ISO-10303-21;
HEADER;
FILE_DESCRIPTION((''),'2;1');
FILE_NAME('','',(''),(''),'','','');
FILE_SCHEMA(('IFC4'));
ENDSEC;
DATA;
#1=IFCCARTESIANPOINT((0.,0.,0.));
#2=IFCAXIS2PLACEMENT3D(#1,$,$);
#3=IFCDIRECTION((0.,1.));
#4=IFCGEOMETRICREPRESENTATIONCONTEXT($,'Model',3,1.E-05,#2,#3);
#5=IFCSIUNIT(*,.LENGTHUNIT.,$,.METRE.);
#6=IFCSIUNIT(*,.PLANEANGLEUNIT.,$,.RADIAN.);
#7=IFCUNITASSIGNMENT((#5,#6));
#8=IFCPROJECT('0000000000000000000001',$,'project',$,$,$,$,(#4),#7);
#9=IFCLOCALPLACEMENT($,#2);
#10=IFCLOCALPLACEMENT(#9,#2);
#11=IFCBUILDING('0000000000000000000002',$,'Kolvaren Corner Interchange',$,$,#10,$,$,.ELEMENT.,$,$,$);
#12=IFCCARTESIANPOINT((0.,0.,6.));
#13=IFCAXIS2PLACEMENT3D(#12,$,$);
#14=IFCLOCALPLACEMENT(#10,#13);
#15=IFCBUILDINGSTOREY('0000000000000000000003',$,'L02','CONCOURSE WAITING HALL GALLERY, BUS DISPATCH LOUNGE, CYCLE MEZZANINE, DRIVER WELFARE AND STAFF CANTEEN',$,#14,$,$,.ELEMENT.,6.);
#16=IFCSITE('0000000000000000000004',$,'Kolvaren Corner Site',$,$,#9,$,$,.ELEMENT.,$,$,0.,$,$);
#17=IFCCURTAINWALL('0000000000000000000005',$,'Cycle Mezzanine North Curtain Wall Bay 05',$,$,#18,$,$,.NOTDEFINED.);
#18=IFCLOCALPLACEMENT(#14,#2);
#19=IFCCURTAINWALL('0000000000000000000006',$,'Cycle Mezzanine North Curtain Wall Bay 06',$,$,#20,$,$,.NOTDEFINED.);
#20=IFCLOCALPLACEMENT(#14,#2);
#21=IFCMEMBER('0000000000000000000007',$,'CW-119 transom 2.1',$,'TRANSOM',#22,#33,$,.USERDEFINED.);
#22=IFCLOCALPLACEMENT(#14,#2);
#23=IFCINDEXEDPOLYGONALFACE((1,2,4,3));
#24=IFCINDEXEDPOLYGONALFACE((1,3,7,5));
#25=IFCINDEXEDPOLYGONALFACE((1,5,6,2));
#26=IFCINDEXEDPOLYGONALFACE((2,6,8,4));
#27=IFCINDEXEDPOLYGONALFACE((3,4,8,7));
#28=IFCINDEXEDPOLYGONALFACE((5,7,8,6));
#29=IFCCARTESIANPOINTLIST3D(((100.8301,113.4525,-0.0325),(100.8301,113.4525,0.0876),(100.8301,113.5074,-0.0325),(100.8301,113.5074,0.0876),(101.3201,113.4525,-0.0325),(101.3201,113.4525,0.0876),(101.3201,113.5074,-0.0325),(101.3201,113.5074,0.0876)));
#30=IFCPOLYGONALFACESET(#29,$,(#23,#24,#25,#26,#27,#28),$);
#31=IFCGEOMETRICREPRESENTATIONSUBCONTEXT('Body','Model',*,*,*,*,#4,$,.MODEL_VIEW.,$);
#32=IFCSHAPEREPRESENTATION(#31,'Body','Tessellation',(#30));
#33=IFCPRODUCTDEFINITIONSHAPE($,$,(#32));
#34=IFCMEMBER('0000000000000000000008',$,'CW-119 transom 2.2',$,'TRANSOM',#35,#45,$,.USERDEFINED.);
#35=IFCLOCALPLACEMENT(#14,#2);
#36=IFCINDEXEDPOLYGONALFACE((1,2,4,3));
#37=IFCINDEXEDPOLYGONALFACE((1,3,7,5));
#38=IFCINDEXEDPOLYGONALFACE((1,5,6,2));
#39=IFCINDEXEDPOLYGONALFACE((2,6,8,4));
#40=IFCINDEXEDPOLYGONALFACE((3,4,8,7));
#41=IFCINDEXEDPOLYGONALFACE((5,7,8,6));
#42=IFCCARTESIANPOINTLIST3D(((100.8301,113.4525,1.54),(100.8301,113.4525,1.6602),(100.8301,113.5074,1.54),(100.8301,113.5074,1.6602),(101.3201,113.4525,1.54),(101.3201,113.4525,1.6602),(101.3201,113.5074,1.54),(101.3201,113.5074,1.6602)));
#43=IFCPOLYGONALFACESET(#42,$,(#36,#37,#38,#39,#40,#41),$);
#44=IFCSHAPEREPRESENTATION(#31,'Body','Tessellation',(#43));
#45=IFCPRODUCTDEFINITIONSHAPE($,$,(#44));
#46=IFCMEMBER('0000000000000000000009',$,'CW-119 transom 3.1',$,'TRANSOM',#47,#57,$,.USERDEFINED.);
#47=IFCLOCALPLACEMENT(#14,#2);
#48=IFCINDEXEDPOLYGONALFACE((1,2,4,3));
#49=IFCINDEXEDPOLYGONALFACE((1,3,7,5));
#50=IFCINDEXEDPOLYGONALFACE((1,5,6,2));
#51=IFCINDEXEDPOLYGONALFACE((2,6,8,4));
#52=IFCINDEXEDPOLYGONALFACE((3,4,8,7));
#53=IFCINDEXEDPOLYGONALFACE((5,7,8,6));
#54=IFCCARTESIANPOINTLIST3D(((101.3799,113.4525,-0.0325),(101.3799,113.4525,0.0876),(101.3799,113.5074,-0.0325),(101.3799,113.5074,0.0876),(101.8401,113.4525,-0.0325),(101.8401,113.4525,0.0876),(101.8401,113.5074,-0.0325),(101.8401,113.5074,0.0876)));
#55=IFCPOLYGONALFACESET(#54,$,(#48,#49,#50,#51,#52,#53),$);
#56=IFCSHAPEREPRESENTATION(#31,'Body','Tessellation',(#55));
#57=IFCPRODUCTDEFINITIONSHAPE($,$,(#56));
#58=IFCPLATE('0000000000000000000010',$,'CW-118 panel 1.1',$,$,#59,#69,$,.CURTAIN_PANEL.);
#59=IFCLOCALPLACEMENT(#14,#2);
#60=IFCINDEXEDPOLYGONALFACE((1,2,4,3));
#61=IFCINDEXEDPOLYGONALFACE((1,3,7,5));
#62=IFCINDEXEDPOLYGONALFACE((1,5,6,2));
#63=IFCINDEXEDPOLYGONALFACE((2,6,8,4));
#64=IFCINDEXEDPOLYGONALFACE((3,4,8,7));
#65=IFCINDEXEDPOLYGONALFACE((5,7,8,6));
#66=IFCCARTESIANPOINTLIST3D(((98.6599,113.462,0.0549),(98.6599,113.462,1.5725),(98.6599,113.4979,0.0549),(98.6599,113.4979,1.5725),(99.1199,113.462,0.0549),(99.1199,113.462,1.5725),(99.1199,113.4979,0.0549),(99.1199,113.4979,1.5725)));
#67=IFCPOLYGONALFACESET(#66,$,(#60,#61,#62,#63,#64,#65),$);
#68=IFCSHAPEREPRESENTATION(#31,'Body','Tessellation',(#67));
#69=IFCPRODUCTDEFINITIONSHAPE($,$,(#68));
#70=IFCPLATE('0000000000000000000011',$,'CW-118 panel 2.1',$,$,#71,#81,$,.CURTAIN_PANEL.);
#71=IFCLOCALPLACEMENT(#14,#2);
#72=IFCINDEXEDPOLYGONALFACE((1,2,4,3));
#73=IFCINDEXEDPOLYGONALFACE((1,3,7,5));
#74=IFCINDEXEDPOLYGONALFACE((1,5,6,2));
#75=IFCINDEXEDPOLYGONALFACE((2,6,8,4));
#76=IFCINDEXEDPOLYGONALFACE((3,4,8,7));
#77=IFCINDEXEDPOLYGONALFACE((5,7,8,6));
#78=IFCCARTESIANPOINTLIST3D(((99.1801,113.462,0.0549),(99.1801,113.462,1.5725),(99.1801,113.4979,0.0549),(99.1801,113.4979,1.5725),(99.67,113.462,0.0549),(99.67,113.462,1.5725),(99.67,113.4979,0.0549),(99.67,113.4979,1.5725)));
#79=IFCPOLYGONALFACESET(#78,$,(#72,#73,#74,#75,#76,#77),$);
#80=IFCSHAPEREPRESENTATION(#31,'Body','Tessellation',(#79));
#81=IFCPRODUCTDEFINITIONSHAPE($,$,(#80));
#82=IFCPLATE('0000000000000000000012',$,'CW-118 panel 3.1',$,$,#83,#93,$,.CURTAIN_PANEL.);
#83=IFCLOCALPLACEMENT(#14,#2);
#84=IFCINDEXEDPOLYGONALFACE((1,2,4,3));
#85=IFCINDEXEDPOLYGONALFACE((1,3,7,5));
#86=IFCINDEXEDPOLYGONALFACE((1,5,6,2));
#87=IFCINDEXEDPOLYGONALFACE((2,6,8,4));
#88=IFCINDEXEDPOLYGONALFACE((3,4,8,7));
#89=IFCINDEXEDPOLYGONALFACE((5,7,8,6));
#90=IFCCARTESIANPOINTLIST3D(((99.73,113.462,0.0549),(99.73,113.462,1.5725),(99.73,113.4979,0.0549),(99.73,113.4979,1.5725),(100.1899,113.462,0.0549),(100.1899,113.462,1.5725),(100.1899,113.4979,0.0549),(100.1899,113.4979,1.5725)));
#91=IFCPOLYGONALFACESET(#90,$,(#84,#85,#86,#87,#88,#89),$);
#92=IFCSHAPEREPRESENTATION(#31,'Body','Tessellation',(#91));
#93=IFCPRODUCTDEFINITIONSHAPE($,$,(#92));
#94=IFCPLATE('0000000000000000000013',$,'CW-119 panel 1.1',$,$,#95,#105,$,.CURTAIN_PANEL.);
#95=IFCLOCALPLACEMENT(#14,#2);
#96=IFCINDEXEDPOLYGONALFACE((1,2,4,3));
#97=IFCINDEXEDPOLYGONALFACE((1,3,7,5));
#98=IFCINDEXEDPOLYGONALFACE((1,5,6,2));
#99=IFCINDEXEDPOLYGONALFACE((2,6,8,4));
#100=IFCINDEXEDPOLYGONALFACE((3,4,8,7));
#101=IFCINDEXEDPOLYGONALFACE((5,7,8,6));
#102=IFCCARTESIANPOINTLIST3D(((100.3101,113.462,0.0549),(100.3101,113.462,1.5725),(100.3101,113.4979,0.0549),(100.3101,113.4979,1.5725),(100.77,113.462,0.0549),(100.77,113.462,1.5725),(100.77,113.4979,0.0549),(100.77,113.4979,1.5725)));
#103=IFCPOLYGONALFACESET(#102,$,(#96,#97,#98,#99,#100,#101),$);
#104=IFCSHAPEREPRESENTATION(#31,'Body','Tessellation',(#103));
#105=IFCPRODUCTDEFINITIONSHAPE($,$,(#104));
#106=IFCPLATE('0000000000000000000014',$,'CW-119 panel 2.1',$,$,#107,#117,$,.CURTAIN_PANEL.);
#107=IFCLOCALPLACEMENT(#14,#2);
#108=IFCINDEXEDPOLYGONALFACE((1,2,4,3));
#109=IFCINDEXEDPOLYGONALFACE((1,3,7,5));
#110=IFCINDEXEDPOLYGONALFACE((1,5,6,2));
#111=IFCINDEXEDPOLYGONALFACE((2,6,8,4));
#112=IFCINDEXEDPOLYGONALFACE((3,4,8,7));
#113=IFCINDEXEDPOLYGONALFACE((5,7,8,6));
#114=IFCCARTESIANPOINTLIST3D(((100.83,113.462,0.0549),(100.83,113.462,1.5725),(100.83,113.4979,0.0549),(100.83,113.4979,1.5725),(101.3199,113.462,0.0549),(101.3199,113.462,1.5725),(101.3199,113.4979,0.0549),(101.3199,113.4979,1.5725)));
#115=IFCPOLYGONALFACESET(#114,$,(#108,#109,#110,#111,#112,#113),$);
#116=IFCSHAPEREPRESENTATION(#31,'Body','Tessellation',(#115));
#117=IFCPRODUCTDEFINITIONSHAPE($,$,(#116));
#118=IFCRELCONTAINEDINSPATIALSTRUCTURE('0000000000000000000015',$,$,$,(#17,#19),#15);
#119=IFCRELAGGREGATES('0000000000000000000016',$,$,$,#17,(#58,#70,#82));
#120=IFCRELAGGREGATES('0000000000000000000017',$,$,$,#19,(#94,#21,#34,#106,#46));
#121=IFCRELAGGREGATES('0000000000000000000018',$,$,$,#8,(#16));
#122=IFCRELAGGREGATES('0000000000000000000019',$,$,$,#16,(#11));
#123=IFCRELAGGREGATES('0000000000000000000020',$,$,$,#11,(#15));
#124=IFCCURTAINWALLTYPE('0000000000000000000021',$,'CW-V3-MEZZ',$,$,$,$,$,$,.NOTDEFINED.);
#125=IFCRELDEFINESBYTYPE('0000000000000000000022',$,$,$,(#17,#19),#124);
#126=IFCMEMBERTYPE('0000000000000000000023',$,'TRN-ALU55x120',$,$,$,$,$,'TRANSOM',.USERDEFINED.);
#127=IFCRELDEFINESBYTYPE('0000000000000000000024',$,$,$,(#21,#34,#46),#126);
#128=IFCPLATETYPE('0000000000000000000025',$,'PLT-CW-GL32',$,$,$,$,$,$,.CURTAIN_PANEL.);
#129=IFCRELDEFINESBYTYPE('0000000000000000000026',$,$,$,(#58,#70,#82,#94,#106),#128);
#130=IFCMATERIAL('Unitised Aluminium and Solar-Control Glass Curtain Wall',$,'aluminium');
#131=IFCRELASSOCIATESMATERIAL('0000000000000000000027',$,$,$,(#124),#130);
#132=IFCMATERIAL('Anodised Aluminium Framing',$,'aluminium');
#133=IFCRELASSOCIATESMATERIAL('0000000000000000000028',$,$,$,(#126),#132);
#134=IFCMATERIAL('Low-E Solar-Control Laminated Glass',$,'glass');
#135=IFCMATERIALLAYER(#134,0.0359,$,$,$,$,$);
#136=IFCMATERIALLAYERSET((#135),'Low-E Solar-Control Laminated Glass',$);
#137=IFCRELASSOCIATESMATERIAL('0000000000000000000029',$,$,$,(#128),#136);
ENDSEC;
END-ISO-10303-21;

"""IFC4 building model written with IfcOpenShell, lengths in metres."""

from ifc_helpers import new_model, si_unit, direction, frame, origin, origin_2d, place, context, subcontext, project, spatial, rectangle, extrude, material, layer, layer_set, material_profile, profile_set, type_object, element, aggregate, save


model = new_model("IFC4")

# Units and contexts
model_context = context("Model", 3, precision=1e-05, world=origin(), true_north=direction((0.0, 1.0)))
body_context = subcontext(model_context, "Body", "Model", "MODEL_VIEW")
ifc_project = project(units=[si_unit("LENGTHUNIT", "METRE"), si_unit("PLANEANGLEUNIT", "RADIAN")], contexts=[model_context])

# Site, building, storey
site_placement = place(None, origin())
site = spatial("IfcSite", under=ifc_project, at=site_placement, Name="Kolvaren Corner Site", CompositionType="ELEMENT", RefElevation=0.0)
building_placement = place(site_placement, origin())
building = spatial("IfcBuilding", under=site, at=building_placement, Name="Kolvaren Corner Interchange", CompositionType="ELEMENT")
storey_placement = place(building_placement, frame((0.0, 0.0, 6.0)))
storey = spatial("IfcBuildingStorey", under=building, at=storey_placement, Name="L02", Description="CONCOURSE WAITING HALL GALLERY, BUS DISPATCH LOUNGE, CYCLE MEZZANINE, DRIVER WELFARE AND STAFF CANTEEN", CompositionType="ELEMENT", Elevation=6.0)

# Curtain walls
ifc_material_1 = material(Name="Unitised Aluminium and Solar-Control Glass Curtain Wall", Category="aluminium")
curtain_wall_type = type_object("IfcCurtainWallType", Name="CW-V3-MEZZ", PredefinedType="NOTDEFINED", material=ifc_material_1)
curtain_wall_1_placement = place(storey_placement, origin())
curtain_wall_1 = element("IfcCurtainWall", 1, at=curtain_wall_1_placement, inside=storey, type_object=curtain_wall_type, Name="Cycle Mezzanine North Curtain Wall Bay 05", PredefinedType="NOTDEFINED")
curtain_wall_2_placement = place(storey_placement, origin())
curtain_wall_2 = element("IfcCurtainWall", 2, at=curtain_wall_2_placement, inside=storey, type_object=curtain_wall_type, Name="Cycle Mezzanine North Curtain Wall Bay 06", PredefinedType="NOTDEFINED")

# Members
ifc_material_2 = material(Name="Anodised Aluminium Framing", Category="aluminium")
ifc_material_profile_1 = material_profile(ifc_material_2, rectangle(XDim=0.0549, YDim=0.1201, at=origin_2d()), Name="ALU 55x120")
ifc_profile_set_1 = profile_set([ifc_material_profile_1], Name="Anodised Aluminium Framing")
member_type_1 = type_object("IfcMemberType", Name="TRN-ALU55x120", ElementType="TRANSOM", PredefinedType="USERDEFINED", material=ifc_profile_set_1)
member_1_placement = place(storey_placement, frame((100.8301, 113.48, 0.0276), z_axis=(1.0, 0.0, 0.0), x_axis=(0.0, 1.0, 0.0)))
member_1 = element("IfcMember", 3, at=member_1_placement, type_object=member_type_1, Name="CW-119 transom 2.1", ObjectType="TRANSOM", PredefinedType="USERDEFINED", context=body_context, shape_type="SweptSolid", body=[
    extrude(rectangle(XDim=0.0549, YDim=0.1201, at=origin_2d()), origin(), (0.0, 0.0, 1.0), 0.49),
])
member_2_placement = place(storey_placement, frame((100.8301, 113.48, 1.6001), z_axis=(1.0, 0.0, 0.0), x_axis=(0.0, 1.0, 0.0)))
member_2 = element("IfcMember", 4, at=member_2_placement, type_object=member_type_1, Name="CW-119 transom 2.2", ObjectType="TRANSOM", PredefinedType="USERDEFINED", context=body_context, shape_type="SweptSolid", body=[
    extrude(rectangle(XDim=0.0549, YDim=0.1201, at=origin_2d()), origin(), (0.0, 0.0, 1.0), 0.49),
])
member_3_placement = place(storey_placement, frame((101.3799, 113.48, 0.0276), z_axis=(1.0, 0.0, 0.0), x_axis=(0.0, 1.0, 0.0)))
member_3 = element("IfcMember", 5, at=member_3_placement, type_object=member_type_1, Name="CW-119 transom 3.1", ObjectType="TRANSOM", PredefinedType="USERDEFINED", context=body_context, shape_type="SweptSolid", body=[
    extrude(rectangle(XDim=0.0549, YDim=0.1201, at=origin_2d()), origin(), (0.0, 0.0, 1.0), 0.4602),
])

# Plates
ifc_material_3 = material(Name="Low-E Solar-Control Laminated Glass", Category="glass")
ifc_layer = layer(ifc_material_3, 0.0359)
ifc_layer_set = layer_set([ifc_layer], Name="Low-E Solar-Control Laminated Glass")
plate_type = type_object("IfcPlateType", Name="PLT-CW-GL32", PredefinedType="CURTAIN_PANEL", material=ifc_layer_set)
plate_1_placement = place(storey_placement, frame((98.8899, 113.48, 0.0549), z_axis=(0.0, 0.0, 1.0), x_axis=(1.0, 0.0, 0.0)))
plate_1 = element("IfcPlate", 6, at=plate_1_placement, type_object=plate_type, Name="CW-118 panel 1.1", PredefinedType="CURTAIN_PANEL", context=body_context, shape_type="SweptSolid", body=[
    extrude(rectangle(XDim=0.46, YDim=0.0359, at=origin_2d()), origin(), (0.0, 0.0, 1.0), 1.5176),
])
plate_2_placement = place(storey_placement, frame((99.425, 113.48, 0.0549), z_axis=(0.0, 0.0, 1.0), x_axis=(1.0, 0.0, 0.0)))
plate_2 = element("IfcPlate", 7, at=plate_2_placement, type_object=plate_type, Name="CW-118 panel 2.1", PredefinedType="CURTAIN_PANEL", context=body_context, shape_type="SweptSolid", body=[
    extrude(rectangle(XDim=0.49, YDim=0.0359, at=origin_2d()), origin(), (0.0, 0.0, 1.0), 1.5176),
])
plate_3_placement = place(storey_placement, frame((99.96, 113.48, 0.0549), z_axis=(0.0, 0.0, 1.0), x_axis=(1.0, 0.0, 0.0)))
plate_3 = element("IfcPlate", 8, at=plate_3_placement, type_object=plate_type, Name="CW-118 panel 3.1", PredefinedType="CURTAIN_PANEL", context=body_context, shape_type="SweptSolid", body=[
    extrude(rectangle(XDim=0.46, YDim=0.0359, at=origin_2d()), origin(), (0.0, 0.0, 1.0), 1.5176),
])
aggregate(curtain_wall_1, [plate_1, plate_2, plate_3])
plate_4_placement = place(storey_placement, frame((100.54, 113.48, 0.0549), z_axis=(0.0, 0.0, 1.0), x_axis=(1.0, 0.0, 0.0)))
plate_4 = element("IfcPlate", 9, at=plate_4_placement, type_object=plate_type, Name="CW-119 panel 1.1", PredefinedType="CURTAIN_PANEL", context=body_context, shape_type="SweptSolid", body=[
    extrude(rectangle(XDim=0.46, YDim=0.0359, at=origin_2d()), origin(), (0.0, 0.0, 1.0), 1.5176),
])
plate_5_placement = place(storey_placement, frame((101.075, 113.48, 0.0549), z_axis=(0.0, 0.0, 1.0), x_axis=(1.0, 0.0, 0.0)))
plate_5 = element("IfcPlate", 10, at=plate_5_placement, type_object=plate_type, Name="CW-119 panel 2.1", PredefinedType="CURTAIN_PANEL", context=body_context, shape_type="SweptSolid", body=[
    extrude(rectangle(XDim=0.49, YDim=0.0359, at=origin_2d()), origin(), (0.0, 0.0, 1.0), 1.5176),
])
aggregate(curtain_wall_2, [plate_4, member_1, member_2, plate_5, member_3])

save(model, "model.ifc")
